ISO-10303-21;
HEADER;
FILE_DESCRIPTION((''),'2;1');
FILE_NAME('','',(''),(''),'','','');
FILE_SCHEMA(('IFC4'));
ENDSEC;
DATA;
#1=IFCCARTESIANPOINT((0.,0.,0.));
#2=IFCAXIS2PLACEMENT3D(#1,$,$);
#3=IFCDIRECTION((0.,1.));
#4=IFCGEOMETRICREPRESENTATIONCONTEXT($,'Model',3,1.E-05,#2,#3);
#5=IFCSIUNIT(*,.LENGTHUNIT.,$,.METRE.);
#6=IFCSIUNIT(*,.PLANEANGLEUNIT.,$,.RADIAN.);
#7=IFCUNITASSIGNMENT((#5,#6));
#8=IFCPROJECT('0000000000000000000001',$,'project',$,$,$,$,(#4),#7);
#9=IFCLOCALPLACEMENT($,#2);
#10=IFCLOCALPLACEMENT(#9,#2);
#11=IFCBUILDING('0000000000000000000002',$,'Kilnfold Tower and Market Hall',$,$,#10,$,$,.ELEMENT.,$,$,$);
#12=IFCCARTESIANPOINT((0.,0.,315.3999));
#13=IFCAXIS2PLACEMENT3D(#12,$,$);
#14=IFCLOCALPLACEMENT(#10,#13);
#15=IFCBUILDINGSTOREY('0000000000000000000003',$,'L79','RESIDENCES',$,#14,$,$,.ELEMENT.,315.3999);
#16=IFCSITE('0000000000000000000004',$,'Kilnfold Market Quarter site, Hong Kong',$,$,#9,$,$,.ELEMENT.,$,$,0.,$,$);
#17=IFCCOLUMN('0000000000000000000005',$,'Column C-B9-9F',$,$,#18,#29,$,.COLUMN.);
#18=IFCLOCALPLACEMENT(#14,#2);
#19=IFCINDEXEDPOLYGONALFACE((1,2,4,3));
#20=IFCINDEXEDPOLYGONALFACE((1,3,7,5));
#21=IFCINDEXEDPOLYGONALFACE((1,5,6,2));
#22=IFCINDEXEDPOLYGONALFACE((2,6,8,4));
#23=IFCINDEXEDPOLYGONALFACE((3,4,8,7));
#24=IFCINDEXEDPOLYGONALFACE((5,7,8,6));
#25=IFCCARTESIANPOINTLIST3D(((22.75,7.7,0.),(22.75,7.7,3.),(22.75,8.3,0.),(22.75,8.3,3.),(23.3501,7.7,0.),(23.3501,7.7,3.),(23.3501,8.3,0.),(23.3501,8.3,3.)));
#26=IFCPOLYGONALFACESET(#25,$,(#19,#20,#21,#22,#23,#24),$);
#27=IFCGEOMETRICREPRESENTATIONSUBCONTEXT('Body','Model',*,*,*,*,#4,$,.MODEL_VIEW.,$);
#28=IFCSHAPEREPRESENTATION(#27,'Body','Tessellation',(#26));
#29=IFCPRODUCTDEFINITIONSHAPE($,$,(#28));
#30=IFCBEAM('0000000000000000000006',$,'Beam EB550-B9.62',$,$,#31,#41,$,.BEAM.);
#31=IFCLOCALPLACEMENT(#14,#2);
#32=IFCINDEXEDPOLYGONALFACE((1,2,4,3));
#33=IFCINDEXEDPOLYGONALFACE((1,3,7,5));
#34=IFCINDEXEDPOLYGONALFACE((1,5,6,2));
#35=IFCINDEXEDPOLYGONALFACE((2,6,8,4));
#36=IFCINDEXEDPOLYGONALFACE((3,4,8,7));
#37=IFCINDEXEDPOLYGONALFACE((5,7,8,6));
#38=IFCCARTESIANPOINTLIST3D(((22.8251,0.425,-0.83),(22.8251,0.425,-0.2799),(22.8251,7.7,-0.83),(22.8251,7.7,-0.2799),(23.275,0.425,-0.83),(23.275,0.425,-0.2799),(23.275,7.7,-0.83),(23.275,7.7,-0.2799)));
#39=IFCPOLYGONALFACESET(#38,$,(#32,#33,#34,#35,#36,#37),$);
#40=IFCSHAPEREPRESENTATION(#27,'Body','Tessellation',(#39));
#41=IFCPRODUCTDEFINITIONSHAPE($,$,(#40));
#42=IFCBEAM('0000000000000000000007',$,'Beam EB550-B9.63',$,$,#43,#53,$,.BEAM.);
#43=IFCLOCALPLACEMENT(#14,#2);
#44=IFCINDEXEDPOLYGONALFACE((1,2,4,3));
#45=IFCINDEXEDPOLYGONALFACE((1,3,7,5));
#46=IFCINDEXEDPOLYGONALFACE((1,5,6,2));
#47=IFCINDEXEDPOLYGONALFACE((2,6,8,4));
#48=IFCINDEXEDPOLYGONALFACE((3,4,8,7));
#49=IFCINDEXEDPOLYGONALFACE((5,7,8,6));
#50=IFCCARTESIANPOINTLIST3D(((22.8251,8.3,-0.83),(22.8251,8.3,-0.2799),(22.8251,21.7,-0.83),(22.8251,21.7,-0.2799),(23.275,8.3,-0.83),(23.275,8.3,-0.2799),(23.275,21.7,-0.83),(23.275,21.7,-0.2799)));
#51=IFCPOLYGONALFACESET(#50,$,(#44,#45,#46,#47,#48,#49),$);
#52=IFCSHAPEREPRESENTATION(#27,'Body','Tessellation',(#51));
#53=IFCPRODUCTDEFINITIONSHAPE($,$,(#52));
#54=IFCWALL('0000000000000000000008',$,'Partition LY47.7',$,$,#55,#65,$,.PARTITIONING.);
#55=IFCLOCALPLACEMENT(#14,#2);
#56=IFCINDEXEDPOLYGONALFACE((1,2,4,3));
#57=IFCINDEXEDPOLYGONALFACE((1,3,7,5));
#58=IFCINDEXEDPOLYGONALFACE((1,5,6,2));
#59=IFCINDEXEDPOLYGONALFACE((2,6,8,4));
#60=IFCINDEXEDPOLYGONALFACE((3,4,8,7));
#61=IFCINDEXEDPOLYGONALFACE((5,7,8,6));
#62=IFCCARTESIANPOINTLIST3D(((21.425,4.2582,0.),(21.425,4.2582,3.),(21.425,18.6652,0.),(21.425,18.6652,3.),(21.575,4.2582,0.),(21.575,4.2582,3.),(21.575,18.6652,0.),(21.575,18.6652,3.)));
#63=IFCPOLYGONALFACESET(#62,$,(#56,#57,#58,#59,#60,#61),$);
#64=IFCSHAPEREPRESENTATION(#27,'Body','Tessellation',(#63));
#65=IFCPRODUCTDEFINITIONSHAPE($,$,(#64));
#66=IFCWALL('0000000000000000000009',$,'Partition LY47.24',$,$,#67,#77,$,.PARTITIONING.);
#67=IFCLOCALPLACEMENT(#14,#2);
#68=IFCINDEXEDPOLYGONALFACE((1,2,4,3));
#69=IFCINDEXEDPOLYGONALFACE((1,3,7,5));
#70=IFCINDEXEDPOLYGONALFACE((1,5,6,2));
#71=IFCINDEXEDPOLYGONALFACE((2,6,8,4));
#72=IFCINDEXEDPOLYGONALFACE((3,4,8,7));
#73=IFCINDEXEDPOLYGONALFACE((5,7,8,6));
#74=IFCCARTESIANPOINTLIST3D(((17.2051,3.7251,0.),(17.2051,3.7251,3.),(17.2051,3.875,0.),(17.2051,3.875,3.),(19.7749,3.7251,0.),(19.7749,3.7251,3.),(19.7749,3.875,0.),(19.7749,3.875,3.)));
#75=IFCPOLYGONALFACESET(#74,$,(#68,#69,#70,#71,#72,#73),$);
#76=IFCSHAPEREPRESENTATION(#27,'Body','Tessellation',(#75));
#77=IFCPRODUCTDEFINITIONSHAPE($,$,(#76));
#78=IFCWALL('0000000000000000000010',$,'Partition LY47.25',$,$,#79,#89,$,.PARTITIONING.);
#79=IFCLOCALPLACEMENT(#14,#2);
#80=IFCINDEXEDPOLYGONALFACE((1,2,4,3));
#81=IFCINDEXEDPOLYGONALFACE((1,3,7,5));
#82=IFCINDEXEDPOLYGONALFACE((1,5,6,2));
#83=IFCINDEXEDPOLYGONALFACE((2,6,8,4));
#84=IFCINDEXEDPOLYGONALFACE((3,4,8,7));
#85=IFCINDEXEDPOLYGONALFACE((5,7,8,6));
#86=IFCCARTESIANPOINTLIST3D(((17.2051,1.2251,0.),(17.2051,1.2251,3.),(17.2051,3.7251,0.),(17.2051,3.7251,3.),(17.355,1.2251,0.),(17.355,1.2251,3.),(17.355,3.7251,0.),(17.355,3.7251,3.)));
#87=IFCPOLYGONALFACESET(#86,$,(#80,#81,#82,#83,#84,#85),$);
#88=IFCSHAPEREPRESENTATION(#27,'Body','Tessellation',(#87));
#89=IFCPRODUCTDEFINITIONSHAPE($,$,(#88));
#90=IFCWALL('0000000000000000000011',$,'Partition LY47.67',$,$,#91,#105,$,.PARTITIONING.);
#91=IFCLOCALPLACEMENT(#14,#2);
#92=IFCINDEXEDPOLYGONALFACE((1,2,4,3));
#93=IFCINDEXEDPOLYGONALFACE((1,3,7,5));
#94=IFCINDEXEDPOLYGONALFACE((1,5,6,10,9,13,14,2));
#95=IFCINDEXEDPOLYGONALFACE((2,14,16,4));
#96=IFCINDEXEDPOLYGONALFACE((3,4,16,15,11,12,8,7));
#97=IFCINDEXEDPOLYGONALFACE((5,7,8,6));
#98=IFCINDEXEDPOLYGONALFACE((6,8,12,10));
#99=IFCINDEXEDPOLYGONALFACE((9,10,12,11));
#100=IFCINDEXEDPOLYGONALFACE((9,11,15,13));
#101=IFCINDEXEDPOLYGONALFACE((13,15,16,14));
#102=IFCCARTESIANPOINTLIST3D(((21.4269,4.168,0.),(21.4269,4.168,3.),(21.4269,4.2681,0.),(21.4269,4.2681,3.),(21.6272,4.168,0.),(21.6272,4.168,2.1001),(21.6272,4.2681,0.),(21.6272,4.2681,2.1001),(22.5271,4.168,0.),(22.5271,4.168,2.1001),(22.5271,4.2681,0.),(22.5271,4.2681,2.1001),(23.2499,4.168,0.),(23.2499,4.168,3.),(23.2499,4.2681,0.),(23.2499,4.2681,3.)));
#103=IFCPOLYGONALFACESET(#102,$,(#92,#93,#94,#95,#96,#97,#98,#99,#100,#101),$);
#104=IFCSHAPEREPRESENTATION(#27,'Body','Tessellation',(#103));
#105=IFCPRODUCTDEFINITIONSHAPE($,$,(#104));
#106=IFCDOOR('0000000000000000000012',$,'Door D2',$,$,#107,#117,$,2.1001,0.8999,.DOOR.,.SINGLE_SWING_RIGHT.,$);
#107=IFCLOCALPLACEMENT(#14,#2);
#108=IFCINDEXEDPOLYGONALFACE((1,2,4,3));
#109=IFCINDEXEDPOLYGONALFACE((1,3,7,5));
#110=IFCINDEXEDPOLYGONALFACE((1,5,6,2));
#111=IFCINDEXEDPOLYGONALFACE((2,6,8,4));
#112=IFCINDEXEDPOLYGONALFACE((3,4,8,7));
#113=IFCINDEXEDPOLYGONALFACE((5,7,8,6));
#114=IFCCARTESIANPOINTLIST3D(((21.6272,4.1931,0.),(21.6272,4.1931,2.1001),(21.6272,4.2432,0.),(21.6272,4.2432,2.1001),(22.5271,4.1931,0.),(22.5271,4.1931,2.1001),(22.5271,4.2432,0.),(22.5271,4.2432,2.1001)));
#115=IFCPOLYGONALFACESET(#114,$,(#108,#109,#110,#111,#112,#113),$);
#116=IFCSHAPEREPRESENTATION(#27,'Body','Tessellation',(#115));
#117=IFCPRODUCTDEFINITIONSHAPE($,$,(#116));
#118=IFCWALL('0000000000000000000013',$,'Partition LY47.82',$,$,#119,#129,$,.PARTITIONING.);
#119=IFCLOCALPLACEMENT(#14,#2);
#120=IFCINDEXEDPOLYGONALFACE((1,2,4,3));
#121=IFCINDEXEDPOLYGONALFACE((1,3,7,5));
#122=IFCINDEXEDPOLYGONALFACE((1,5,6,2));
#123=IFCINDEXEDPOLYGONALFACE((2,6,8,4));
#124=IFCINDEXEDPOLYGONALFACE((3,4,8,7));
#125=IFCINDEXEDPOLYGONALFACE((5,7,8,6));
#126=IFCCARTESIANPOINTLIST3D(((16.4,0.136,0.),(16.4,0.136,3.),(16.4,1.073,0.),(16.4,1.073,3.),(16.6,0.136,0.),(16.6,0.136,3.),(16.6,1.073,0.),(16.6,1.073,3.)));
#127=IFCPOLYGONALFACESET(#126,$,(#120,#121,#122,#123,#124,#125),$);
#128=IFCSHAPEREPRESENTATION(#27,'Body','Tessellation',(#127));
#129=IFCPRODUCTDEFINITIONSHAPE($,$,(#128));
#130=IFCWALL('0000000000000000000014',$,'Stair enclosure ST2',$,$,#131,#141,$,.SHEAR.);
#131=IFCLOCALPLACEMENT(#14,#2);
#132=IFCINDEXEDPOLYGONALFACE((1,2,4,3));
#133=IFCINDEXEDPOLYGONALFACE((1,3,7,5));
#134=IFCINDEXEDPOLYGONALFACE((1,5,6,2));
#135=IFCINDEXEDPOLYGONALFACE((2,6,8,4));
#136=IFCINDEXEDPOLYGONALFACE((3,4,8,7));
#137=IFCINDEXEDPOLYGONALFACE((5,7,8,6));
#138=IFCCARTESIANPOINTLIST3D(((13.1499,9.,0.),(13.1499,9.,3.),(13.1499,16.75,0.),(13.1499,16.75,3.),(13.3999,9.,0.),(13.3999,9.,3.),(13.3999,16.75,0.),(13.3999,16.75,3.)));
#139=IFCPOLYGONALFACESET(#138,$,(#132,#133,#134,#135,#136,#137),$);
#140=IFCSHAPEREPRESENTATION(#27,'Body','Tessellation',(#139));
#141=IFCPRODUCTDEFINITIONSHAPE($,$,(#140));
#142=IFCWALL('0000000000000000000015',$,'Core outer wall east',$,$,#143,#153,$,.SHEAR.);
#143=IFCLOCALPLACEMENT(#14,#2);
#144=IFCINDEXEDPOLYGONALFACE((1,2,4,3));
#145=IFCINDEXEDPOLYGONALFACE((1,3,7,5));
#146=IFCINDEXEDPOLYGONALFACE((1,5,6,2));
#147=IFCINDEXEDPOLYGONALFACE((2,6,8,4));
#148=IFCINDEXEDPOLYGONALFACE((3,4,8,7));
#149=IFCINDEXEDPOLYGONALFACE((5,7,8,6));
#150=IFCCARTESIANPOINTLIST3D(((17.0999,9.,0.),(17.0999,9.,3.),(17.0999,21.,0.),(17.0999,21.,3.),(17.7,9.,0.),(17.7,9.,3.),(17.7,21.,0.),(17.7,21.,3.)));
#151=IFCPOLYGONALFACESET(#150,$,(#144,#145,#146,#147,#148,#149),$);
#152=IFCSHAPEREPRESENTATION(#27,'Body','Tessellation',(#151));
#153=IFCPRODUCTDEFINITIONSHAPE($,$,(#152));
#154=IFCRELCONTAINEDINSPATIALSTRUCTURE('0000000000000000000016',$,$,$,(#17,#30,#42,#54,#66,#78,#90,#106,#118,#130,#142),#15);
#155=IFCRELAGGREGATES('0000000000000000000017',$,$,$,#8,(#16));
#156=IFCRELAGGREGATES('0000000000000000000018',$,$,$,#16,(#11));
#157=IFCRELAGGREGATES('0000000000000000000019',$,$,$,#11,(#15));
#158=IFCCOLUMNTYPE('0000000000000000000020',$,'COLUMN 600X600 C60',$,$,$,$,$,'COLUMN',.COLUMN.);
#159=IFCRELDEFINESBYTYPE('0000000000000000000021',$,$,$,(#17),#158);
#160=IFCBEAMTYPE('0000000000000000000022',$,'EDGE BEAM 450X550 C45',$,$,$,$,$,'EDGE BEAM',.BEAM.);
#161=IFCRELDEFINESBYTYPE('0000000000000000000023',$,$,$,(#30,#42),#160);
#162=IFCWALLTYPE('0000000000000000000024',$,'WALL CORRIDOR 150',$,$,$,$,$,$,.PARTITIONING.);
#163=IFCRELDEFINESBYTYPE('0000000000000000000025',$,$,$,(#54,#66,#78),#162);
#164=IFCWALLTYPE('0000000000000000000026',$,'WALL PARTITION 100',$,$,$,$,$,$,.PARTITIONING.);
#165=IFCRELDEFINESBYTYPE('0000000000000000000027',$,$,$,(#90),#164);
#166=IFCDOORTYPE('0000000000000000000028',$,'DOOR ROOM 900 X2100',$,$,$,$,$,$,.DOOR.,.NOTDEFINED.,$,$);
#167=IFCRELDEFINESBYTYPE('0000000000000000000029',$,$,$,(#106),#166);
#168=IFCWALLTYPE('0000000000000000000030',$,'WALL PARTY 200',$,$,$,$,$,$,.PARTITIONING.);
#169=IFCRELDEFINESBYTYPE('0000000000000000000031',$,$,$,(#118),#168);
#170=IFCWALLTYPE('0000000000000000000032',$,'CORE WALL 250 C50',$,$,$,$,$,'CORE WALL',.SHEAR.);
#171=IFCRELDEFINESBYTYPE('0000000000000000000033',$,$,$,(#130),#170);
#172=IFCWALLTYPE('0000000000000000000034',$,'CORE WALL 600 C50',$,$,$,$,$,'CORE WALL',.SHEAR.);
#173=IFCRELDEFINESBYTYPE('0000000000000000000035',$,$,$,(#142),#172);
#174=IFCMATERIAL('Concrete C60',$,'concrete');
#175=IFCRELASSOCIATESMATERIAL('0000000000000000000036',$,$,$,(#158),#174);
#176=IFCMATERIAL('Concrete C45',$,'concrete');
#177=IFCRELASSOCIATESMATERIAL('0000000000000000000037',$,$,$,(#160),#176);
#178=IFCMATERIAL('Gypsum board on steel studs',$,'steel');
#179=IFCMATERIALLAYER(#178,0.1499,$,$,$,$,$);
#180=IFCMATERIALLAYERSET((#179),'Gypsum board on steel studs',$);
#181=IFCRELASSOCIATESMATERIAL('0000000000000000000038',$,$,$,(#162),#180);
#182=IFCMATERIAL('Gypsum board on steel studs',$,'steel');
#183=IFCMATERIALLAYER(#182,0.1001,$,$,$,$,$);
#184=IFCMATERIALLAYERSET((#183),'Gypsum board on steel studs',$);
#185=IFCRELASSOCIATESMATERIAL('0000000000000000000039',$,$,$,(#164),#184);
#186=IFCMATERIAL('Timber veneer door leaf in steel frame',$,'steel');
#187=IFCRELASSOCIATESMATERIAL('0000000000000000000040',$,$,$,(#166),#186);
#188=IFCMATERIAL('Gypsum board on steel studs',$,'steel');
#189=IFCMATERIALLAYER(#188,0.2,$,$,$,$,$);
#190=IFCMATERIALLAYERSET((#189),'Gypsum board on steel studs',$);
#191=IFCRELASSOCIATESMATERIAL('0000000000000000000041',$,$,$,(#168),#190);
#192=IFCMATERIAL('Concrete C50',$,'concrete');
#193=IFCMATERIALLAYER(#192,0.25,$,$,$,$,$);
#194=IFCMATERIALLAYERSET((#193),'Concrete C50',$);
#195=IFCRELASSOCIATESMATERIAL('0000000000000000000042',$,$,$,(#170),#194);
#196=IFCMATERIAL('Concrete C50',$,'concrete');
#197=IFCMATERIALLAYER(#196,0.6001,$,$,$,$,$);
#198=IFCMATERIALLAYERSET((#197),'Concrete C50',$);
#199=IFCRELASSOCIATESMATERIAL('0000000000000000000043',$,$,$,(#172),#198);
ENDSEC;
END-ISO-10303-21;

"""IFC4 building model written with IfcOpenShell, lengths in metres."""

from ifc_helpers import new_model, si_unit, direction, frame, frame_2d, origin, origin_2d, place, context, subcontext, project, spatial, rectangle, extrude, source, transform, mapped, material, layer, layer_set, material_profile, profile_set, type_object, element, fill, save


model = new_model("IFC4")

# Units and contexts
model_context = context("Model", 3, precision=1e-05, world=origin(), true_north=direction((0.0, 1.0)))
body_context = subcontext(model_context, "Body", "Model", "MODEL_VIEW")
ifc_project = project(units=[si_unit("LENGTHUNIT", "METRE"), si_unit("PLANEANGLEUNIT", "RADIAN")], contexts=[model_context])

# Site, building, storey
site_placement = place(None, origin())
site = spatial("IfcSite", under=ifc_project, at=site_placement, Name="Kilnfold Market Quarter site, Hong Kong", CompositionType="ELEMENT", RefElevation=0.0)
building_placement = place(site_placement, origin())
building = spatial("IfcBuilding", under=site, at=building_placement, Name="Kilnfold Tower and Market Hall", CompositionType="ELEMENT")
storey_placement = place(building_placement, frame((0.0, 0.0, 315.3999)))
storey = spatial("IfcBuildingStorey", under=building, at=storey_placement, Name="L79", Description="RESIDENCES", CompositionType="ELEMENT", Elevation=315.3999)

# Column
ifc_material_1 = material(Name="Concrete C60", Category="concrete")
ifc_material_profile_1 = material_profile(ifc_material_1, rectangle(XDim=0.6001, YDim=0.6001, at=origin_2d()), Name="RC 600x600")
ifc_profile_set_1 = profile_set([ifc_material_profile_1], Name="Concrete C60")
column_type = type_object("IfcColumnType", Name="COLUMN 600X600 C60", ElementType="COLUMN", PredefinedType="COLUMN", material=ifc_profile_set_1)
shared_shape_1 = source(origin(), body_context, "Body", "SweptSolid", [
    extrude(rectangle(XDim=0.6001, YDim=0.6001, at=origin_2d()), origin(), (0.0, 0.0, 1.0), 3.0),
])
column_placement = place(storey_placement, frame((23.05, 8.0, 0.0), z_axis=(0.0, 0.0, 1.0), x_axis=(1.0, 0.0, 0.0)))
element("IfcColumn", 1, at=column_placement, inside=storey, type_object=column_type, Name="Column C-B9-9F", PredefinedType="COLUMN", context=body_context, shape_type="MappedRepresentation", body=[
    mapped(shared_shape_1, transform((0.0, 0.0, 0.0))),
])

# Beams
ifc_material_2 = material(Name="Concrete C45", Category="concrete")
ifc_material_profile_2 = material_profile(ifc_material_2, rectangle(XDim=0.45, YDim=0.55, at=origin_2d()), Name="RC 450x550")
ifc_profile_set_2 = profile_set([ifc_material_profile_2], Name="Concrete C45")
beam_type = type_object("IfcBeamType", Name="EDGE BEAM 450X550 C45", ElementType="EDGE BEAM", PredefinedType="BEAM", material=ifc_profile_set_2)
shared_shape_2 = source(origin(), body_context, "Body", "SweptSolid", [
    extrude(rectangle(XDim=0.45, YDim=0.55, at=origin_2d()), origin(), (0.0, 0.0, 1.0), 7.2749),
])
beam_1_placement = place(storey_placement, frame((23.05, 0.425, -0.5549), z_axis=(0.0, 1.0, 0.0), x_axis=(-1.0, 0.0, 0.0)))
element("IfcBeam", 2, at=beam_1_placement, inside=storey, type_object=beam_type, Name="Beam EB550-B9.62", PredefinedType="BEAM", context=body_context, shape_type="MappedRepresentation", body=[
    mapped(shared_shape_2, transform((0.0, 0.0, 0.0))),
])
shared_shape_3 = source(origin(), body_context, "Body", "SweptSolid", [
    extrude(rectangle(XDim=0.45, YDim=0.55, at=origin_2d()), origin(), (0.0, 0.0, 1.0), 13.3999),
])
beam_2_placement = place(storey_placement, frame((23.05, 8.3, -0.5549), z_axis=(0.0, 1.0, 0.0), x_axis=(-1.0, 0.0, 0.0)))
element("IfcBeam", 3, at=beam_2_placement, inside=storey, type_object=beam_type, Name="Beam EB550-B9.63", PredefinedType="BEAM", context=body_context, shape_type="MappedRepresentation", body=[
    mapped(shared_shape_3, transform((0.0, 0.0, 0.0))),
])

# Walls
ifc_material_3 = material(Name="Gypsum board on steel studs", Category="steel")
ifc_layer_1 = layer(ifc_material_3, 0.1499)
ifc_layer_set_1 = layer_set([ifc_layer_1], Name="Gypsum board on steel studs")
wall_type_1 = type_object("IfcWallType", Name="WALL CORRIDOR 150", PredefinedType="PARTITIONING", material=ifc_layer_set_1)
wall_1_placement = place(storey_placement, frame((21.5, 4.2581, 0.0), z_axis=(0.0, 0.0, 1.0), x_axis=(0.0, 1.0, 0.0)))
element("IfcWall", 4, at=wall_1_placement, inside=storey, type_object=wall_type_1, Name="Partition LY47.7", PredefinedType="PARTITIONING", context=body_context, shape_type="SweptSolid", body=[
    extrude(rectangle(XDim=14.407, YDim=0.1499, at=frame_2d((7.2036, 0.0))), origin(), (0.0, 0.0, 1.0), 3.0),
])
wall_2_placement = place(storey_placement, frame((17.2051, 3.8, 0.0), z_axis=(0.0, 0.0, 1.0), x_axis=(1.0, 0.0, 0.0)))
element("IfcWall", 5, at=wall_2_placement, inside=storey, type_object=wall_type_1, Name="Partition LY47.24", PredefinedType="PARTITIONING", context=body_context, shape_type="SweptSolid", body=[
    extrude(rectangle(XDim=2.5698, YDim=0.1499, at=frame_2d((1.2849, 0.0))), origin(), (0.0, 0.0, 1.0), 3.0),
])
wall_3_placement = place(storey_placement, frame((17.28, 1.2251, 0.0), z_axis=(0.0, 0.0, 1.0), x_axis=(0.0, 1.0, 0.0)))
element("IfcWall", 6, at=wall_3_placement, inside=storey, type_object=wall_type_1, Name="Partition LY47.25", PredefinedType="PARTITIONING", context=body_context, shape_type="SweptSolid", body=[
    extrude(rectangle(XDim=2.5, YDim=0.1499, at=frame_2d((1.25, 0.0))), origin(), (0.0, 0.0, 1.0), 3.0),
])

# Wall, opening, door
ifc_material_4 = material(Name="Gypsum board on steel studs", Category="steel")
ifc_layer_2 = layer(ifc_material_4, 0.1001)
ifc_layer_set_2 = layer_set([ifc_layer_2], Name="Gypsum board on steel studs")
wall_type_2 = type_object("IfcWallType", Name="WALL PARTITION 100", PredefinedType="PARTITIONING", material=ifc_layer_set_2)
wall_4_placement = place(storey_placement, frame((23.25, 4.218, 0.0), z_axis=(0.0, 0.0, 1.0), x_axis=(-1.0, 0.0, 0.0)))
wall_4 = element("IfcWall", 7, at=wall_4_placement, inside=storey, type_object=wall_type_2, Name="Partition LY47.67", PredefinedType="PARTITIONING", context=body_context, shape_type="SweptSolid", body=[
    extrude(rectangle(XDim=1.823, YDim=0.1001, at=frame_2d((0.9116, 0.0))), origin(), (0.0, 0.0, 1.0), 3.0),
])
opening_1_placement = place(wall_4_placement, frame((0.7229, 0.0, 0.0)))
opening_1 = element("IfcOpeningElement", 8, at=opening_1_placement, cuts=wall_4, PredefinedType="OPENING", context=body_context, shape_type="SweptSolid", body=[
    extrude(rectangle(XDim=0.8999, YDim=2.1001, at=frame_2d((0.45, 1.05))), frame((0.0, 0.0601, 0.0), z_axis=(0.0, -1.0, 0.0), x_axis=(1.0, 0.0, 0.0)), (0.0, 0.0, 1.0), 0.1201),
])
ifc_material_5 = material(Name="Timber veneer door leaf in steel frame", Category="steel")
door_type_1 = type_object("IfcDoorType", Name="DOOR ROOM 900 X2100", OperationType="NOTDEFINED", PredefinedType="DOOR", material=ifc_material_5)
door_1_placement = place(opening_1_placement, origin())
door_1 = element("IfcDoor", 9, at=door_1_placement, inside=storey, type_object=door_type_1, Name="Door D2", OperationType="SINGLE_SWING_RIGHT", OverallHeight=2.1001, OverallWidth=0.8999, PredefinedType="DOOR", context=body_context, shape_type="SweptSolid", body=[
    extrude(rectangle(XDim=0.8999, YDim=2.1001, at=frame_2d((0.45, 1.05))), frame((0.0, 0.0249, 0.0), z_axis=(0.0, -1.0, 0.0), x_axis=(1.0, 0.0, 0.0)), (0.0, 0.0, 1.0), 0.05),
])
fill(opening_1, door_1)

# Walls
ifc_material_6 = material(Name="Gypsum board on steel studs", Category="steel")
ifc_layer_3 = layer(ifc_material_6, 0.2)
ifc_layer_set_3 = layer_set([ifc_layer_3], Name="Gypsum board on steel studs")
wall_type_3 = type_object("IfcWallType", Name="WALL PARTY 200", PredefinedType="PARTITIONING", material=ifc_layer_set_3)
wall_5_placement = place(storey_placement, frame((16.5, 0.136, 0.0), z_axis=(0.0, 0.0, 1.0), x_axis=(0.0, 1.0, 0.0)))
element("IfcWall", 10, at=wall_5_placement, inside=storey, type_object=wall_type_3, Name="Partition LY47.82", PredefinedType="PARTITIONING", context=body_context, shape_type="SweptSolid", body=[
    extrude(rectangle(XDim=0.937, YDim=0.2, at=frame_2d((0.4685, 0.0))), origin(), (0.0, 0.0, 1.0), 3.0),
])
ifc_material_7 = material(Name="Concrete C50", Category="concrete")
ifc_layer_4 = layer(ifc_material_7, 0.25)
ifc_layer_set_4 = layer_set([ifc_layer_4], Name="Concrete C50")
wall_type_4 = type_object("IfcWallType", Name="CORE WALL 250 C50", ElementType="CORE WALL", PredefinedType="SHEAR", material=ifc_layer_set_4)
shared_shape_4 = source(origin(), body_context, "Body", "SweptSolid", [
    extrude(rectangle(XDim=7.75, YDim=0.25, at=frame_2d((3.875, 0.0))), origin(), (0.0, 0.0, 1.0), 3.0),
])
wall_6_placement = place(storey_placement, frame((13.2749, 9.0, 0.0), z_axis=(0.0, 0.0, 1.0), x_axis=(0.0, 1.0, 0.0)))
element("IfcWall", 11, at=wall_6_placement, inside=storey, type_object=wall_type_4, Name="Stair enclosure ST2", PredefinedType="SHEAR", context=body_context, shape_type="MappedRepresentation", body=[
    mapped(shared_shape_4, transform((0.0, 0.0, 0.0))),
])
ifc_material_8 = material(Name="Concrete C50", Category="concrete")
ifc_layer_5 = layer(ifc_material_8, 0.6001)
ifc_layer_set_5 = layer_set([ifc_layer_5], Name="Concrete C50")
wall_type_5 = type_object("IfcWallType", Name="CORE WALL 600 C50", ElementType="CORE WALL", PredefinedType="SHEAR", material=ifc_layer_set_5)
shared_shape_5 = source(origin(), body_context, "Body", "SweptSolid", [
    extrude(rectangle(XDim=12.0, YDim=0.6001, at=frame_2d((6.0, 0.0))), origin(), (0.0, 0.0, 1.0), 3.0),
])
wall_7_placement = place(storey_placement, frame((17.3999, 9.0, 0.0), z_axis=(0.0, 0.0, 1.0), x_axis=(0.0, 1.0, 0.0)))
element("IfcWall", 12, at=wall_7_placement, inside=storey, type_object=wall_type_5, Name="Core outer wall east", PredefinedType="SHEAR", context=body_context, shape_type="MappedRepresentation", body=[
    mapped(shared_shape_5, transform((0.0, 0.0, 0.0))),
])

save(model, "model.ifc")
